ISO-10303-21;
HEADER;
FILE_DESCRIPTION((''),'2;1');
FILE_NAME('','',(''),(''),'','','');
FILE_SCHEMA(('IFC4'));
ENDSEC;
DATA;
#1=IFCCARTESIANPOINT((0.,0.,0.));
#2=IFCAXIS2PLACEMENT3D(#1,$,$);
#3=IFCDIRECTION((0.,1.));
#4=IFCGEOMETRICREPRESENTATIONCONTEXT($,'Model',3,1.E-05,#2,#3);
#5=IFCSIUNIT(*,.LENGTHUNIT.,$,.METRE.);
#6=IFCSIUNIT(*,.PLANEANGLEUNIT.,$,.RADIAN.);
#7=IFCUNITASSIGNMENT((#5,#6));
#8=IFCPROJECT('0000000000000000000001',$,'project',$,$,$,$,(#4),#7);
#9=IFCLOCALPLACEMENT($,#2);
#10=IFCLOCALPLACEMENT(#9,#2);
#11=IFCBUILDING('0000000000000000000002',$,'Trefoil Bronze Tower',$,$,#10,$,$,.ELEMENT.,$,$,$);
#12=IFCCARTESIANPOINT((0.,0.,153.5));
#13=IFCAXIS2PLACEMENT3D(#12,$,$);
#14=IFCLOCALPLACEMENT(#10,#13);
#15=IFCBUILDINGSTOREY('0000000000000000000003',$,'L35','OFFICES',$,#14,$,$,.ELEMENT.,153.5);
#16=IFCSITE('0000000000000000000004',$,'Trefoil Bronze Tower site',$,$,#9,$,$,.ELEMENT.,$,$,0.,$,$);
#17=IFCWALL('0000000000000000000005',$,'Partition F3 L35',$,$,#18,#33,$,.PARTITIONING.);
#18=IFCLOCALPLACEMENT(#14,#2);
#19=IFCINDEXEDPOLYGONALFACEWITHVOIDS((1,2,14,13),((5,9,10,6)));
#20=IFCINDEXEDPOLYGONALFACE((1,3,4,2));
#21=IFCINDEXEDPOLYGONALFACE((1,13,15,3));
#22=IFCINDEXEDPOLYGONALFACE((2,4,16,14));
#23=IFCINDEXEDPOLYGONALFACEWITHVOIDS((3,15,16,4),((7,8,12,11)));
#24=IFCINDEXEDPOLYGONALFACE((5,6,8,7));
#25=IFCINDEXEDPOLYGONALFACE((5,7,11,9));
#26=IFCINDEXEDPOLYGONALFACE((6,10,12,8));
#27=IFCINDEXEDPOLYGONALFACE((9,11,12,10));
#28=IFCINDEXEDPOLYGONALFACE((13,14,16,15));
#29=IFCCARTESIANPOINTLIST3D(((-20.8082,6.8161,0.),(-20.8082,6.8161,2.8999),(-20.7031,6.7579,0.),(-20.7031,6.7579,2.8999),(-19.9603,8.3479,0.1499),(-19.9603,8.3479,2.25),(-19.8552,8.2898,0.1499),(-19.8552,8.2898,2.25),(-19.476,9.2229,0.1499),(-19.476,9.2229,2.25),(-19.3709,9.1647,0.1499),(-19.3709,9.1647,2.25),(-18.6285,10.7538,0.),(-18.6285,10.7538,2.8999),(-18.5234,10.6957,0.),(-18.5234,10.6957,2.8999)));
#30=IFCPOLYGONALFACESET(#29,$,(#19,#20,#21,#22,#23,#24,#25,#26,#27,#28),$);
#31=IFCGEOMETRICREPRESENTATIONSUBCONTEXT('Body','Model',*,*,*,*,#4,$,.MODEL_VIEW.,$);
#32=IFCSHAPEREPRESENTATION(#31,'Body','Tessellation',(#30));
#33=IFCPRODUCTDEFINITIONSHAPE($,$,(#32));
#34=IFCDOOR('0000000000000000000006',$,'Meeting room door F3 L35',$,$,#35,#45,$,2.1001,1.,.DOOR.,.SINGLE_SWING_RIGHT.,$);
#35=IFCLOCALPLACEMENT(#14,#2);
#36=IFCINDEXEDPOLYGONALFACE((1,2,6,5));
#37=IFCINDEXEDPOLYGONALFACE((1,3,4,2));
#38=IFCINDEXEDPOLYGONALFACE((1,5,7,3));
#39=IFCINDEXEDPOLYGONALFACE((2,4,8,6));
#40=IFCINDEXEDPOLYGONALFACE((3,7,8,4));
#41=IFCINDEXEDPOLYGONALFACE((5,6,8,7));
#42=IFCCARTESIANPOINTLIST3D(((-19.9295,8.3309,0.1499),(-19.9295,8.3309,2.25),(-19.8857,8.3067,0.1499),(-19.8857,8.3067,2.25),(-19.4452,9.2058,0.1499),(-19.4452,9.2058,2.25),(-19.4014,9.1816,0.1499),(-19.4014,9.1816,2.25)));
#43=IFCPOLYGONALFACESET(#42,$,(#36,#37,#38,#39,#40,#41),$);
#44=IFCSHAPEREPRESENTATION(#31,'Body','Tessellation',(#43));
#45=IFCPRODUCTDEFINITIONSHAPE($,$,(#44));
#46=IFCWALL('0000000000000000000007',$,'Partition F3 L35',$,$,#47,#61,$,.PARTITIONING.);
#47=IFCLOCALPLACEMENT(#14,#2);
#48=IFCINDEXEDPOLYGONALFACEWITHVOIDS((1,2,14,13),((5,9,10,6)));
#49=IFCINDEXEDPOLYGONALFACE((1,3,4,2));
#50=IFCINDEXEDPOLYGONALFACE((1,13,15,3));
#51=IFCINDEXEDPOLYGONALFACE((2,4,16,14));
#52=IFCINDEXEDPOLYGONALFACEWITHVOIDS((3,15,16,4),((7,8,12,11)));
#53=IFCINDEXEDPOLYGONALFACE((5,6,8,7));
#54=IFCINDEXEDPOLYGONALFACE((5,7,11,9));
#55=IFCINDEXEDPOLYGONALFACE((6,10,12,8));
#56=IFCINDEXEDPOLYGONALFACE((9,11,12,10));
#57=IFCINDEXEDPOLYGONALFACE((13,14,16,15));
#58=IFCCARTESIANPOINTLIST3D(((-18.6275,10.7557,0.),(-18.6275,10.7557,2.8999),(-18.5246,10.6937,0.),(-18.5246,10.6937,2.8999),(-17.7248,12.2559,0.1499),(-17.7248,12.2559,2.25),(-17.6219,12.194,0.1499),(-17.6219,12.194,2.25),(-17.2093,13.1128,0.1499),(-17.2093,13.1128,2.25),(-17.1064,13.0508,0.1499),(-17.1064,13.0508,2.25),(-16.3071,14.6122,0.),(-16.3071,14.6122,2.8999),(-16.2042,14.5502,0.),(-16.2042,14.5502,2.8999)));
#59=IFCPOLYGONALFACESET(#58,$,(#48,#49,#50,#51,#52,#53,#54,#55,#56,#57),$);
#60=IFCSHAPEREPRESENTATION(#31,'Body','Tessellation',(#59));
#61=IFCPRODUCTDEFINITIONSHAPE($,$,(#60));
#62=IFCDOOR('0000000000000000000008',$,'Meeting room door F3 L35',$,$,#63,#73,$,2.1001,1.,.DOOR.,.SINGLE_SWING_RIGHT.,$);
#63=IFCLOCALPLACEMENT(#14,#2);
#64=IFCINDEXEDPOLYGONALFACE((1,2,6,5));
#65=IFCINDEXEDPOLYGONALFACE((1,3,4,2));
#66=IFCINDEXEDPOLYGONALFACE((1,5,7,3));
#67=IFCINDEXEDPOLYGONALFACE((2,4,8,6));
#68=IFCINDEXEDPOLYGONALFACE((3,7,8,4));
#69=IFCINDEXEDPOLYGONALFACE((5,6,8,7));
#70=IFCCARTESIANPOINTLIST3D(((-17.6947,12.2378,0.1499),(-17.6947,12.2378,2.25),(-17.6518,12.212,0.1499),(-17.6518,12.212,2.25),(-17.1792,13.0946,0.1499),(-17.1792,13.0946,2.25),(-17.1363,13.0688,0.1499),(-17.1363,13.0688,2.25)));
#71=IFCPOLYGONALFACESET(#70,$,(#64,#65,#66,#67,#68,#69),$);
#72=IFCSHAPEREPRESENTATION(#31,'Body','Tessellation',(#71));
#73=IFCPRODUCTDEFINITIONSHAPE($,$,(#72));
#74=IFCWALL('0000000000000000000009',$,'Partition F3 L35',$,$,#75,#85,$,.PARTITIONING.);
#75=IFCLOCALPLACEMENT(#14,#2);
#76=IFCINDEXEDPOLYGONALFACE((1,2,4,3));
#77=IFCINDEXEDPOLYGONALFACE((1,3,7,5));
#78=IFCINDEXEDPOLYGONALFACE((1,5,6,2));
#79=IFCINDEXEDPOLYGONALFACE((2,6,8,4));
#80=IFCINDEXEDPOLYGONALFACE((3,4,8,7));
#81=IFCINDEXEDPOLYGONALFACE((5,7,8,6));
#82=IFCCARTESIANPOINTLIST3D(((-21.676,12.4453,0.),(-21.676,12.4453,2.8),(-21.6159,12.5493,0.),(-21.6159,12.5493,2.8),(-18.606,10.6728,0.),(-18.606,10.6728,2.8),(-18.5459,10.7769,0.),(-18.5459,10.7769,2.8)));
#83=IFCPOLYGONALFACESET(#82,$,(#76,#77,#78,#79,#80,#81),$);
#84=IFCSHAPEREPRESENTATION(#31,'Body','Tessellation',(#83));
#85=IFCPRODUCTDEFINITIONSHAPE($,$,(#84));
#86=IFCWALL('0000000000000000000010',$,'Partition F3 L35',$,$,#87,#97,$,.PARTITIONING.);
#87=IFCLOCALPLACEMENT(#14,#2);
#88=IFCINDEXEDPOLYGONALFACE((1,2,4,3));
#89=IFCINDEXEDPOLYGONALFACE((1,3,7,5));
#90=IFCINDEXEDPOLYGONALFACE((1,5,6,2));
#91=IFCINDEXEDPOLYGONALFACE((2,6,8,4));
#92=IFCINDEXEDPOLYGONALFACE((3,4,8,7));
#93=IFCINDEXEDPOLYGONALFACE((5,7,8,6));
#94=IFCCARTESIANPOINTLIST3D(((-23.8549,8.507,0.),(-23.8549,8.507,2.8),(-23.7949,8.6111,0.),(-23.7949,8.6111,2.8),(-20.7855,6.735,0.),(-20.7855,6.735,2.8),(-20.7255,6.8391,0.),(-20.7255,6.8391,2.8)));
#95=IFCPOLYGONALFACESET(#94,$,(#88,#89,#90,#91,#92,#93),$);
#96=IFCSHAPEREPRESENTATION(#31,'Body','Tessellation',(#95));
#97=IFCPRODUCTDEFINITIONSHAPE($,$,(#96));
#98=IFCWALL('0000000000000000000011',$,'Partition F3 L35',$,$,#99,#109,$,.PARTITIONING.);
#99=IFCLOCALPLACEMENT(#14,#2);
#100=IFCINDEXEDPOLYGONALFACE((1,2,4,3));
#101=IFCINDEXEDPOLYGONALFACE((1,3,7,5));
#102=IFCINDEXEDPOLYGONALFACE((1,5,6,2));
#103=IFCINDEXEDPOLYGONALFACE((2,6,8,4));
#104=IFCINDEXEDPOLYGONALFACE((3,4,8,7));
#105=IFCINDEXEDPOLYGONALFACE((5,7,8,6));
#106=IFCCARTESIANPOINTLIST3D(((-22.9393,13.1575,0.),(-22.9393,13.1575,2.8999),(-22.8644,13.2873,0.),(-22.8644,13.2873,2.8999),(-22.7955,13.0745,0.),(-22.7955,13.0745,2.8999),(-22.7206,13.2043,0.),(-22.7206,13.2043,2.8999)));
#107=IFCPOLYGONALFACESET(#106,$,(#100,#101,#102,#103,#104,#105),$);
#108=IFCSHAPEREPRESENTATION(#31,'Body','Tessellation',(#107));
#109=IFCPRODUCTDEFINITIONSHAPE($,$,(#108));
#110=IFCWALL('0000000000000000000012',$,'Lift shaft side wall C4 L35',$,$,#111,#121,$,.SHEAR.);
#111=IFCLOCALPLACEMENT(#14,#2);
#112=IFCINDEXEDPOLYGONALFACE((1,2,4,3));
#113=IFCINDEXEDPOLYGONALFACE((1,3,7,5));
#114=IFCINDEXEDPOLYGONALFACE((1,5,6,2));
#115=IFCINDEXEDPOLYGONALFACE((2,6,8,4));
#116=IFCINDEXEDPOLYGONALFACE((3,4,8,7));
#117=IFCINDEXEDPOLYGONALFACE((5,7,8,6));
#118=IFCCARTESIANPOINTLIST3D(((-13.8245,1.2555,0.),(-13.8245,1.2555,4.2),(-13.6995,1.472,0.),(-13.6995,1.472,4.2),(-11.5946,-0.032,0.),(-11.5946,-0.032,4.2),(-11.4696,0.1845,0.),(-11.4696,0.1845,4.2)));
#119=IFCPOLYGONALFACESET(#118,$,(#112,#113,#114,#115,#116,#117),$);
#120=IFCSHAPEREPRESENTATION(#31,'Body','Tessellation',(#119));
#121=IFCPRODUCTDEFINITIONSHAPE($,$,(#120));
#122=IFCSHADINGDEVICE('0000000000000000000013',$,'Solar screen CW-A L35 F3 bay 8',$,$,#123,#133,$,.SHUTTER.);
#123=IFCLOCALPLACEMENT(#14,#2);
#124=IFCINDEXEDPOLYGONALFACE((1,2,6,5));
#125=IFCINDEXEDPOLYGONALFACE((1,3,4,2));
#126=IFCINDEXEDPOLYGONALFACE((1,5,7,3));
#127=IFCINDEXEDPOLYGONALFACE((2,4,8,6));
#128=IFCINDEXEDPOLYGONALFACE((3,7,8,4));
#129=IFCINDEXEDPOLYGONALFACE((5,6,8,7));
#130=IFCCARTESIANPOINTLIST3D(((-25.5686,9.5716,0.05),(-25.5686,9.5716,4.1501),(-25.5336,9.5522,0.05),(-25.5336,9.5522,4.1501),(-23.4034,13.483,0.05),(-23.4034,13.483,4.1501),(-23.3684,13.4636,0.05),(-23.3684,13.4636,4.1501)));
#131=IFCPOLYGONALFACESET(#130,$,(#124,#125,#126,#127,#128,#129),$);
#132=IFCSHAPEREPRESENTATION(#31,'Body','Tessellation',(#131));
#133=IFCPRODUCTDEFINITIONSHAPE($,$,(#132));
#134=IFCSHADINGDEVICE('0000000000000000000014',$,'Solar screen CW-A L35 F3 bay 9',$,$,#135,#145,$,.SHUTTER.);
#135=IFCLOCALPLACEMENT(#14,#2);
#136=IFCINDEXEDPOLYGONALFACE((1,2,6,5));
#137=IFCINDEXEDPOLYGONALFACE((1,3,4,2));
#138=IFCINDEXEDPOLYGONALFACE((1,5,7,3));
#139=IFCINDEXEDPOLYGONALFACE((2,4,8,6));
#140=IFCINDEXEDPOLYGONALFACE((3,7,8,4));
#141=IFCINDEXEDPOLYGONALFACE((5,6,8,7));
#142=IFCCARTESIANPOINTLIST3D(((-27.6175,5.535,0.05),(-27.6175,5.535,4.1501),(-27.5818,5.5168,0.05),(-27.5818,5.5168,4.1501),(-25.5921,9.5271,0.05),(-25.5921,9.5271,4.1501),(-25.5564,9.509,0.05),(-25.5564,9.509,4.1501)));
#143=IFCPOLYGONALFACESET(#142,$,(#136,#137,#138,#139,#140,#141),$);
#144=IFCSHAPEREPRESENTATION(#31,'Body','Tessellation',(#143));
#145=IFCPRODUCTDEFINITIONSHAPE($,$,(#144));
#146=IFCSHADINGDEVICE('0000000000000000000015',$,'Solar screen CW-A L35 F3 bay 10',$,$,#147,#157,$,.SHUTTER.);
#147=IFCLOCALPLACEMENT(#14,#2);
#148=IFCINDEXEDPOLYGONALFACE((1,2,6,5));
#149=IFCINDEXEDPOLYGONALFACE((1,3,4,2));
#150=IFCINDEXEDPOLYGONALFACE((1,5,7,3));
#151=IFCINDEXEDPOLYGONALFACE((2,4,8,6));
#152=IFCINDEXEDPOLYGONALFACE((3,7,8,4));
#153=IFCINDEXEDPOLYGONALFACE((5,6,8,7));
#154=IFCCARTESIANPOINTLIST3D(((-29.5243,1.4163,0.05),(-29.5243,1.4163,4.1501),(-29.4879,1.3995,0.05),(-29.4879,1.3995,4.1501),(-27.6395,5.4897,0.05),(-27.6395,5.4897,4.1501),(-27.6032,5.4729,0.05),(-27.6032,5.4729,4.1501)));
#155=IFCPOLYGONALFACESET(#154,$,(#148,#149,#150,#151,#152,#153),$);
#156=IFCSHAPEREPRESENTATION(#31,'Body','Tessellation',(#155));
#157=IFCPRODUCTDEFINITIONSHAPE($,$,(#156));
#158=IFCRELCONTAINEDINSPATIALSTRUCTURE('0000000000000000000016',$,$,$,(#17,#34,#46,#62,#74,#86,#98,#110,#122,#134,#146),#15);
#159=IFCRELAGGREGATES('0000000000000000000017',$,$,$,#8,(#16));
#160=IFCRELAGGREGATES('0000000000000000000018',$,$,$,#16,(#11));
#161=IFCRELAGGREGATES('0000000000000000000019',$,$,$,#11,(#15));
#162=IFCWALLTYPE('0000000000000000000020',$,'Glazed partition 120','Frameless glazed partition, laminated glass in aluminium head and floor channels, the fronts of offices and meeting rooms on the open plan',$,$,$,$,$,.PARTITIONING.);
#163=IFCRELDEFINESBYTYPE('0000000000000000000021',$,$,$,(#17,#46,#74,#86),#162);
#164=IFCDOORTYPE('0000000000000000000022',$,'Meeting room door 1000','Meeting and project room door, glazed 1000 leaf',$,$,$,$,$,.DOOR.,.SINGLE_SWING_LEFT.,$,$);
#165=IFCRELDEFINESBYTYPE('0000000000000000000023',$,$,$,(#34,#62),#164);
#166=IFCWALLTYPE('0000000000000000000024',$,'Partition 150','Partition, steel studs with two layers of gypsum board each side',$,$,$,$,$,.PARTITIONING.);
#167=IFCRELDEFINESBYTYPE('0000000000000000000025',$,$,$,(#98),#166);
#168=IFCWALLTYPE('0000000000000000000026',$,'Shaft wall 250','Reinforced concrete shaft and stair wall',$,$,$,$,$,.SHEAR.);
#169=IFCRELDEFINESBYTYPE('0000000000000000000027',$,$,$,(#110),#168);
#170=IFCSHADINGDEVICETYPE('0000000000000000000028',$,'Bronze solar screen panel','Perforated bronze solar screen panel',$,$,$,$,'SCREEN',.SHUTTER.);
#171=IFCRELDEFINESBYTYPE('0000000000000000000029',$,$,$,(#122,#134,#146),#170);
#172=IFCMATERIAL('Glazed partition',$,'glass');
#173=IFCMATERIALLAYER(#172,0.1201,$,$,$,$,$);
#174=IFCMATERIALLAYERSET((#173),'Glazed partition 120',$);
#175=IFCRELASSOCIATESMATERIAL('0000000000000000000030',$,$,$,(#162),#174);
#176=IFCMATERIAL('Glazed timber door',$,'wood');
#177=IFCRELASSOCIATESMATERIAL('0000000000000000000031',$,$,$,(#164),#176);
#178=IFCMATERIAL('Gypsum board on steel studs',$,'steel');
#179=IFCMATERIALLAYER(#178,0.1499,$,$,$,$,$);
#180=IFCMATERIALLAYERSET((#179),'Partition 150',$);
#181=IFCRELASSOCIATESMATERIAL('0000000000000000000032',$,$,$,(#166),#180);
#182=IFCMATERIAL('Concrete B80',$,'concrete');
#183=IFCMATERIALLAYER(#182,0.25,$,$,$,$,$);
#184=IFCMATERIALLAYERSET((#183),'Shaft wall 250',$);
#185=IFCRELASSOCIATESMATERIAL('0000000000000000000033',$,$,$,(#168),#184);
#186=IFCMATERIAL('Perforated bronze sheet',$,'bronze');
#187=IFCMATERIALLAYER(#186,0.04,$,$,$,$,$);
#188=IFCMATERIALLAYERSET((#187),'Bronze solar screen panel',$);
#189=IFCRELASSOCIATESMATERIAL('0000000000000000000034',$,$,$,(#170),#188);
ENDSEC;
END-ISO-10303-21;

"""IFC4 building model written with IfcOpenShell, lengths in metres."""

from ifc_helpers import new_model, si_unit, direction, frame, frame_2d, origin, origin_2d, place, context, subcontext, project, spatial, rectangle, extrude, material, layer, layer_set, type_object, element, fill, save


model = new_model("IFC4")

# Units and contexts
model_context = context("Model", 3, precision=1e-05, world=origin(), true_north=direction((0.0, 1.0)))
body_context = subcontext(model_context, "Body", "Model", "MODEL_VIEW")
ifc_project = project(units=[si_unit("LENGTHUNIT", "METRE"), si_unit("PLANEANGLEUNIT", "RADIAN")], contexts=[model_context])

# Site, building, storey
site_placement = place(None, origin())
site = spatial("IfcSite", under=ifc_project, at=site_placement, Name="Trefoil Bronze Tower site", CompositionType="ELEMENT", RefElevation=0.0)
building_placement = place(site_placement, origin())
building = spatial("IfcBuilding", under=site, at=building_placement, Name="Trefoil Bronze Tower", CompositionType="ELEMENT")
storey_placement = place(building_placement, frame((0.0, 0.0, 153.5)))
storey = spatial("IfcBuildingStorey", under=building, at=storey_placement, Name="L35", Description="OFFICES", CompositionType="ELEMENT", Elevation=153.5)

# Walls, openings, doors
ifc_material_1 = material(Name="Glazed partition", Category="glass")
ifc_layer_1 = layer(ifc_material_1, 0.1201)
ifc_layer_set_1 = layer_set([ifc_layer_1], Name="Glazed partition 120")
wall_type_1 = type_object("IfcWallType", Name="Glazed partition 120", Description="Frameless glazed partition, laminated glass in aluminium head and floor channels, the fronts of offices and meeting rooms on the open plan", PredefinedType="PARTITIONING", material=ifc_layer_set_1)
wall_1_placement = place(storey_placement, frame((-18.5759, 10.7249, 0.0), z_axis=(0.0, 0.0, 1.0), x_axis=(-0.484293, -0.874906, 0.0)))
wall_1 = element("IfcWall", 1, at=wall_1_placement, inside=storey, type_object=wall_type_1, Name="Partition F3 L35", PredefinedType="PARTITIONING", context=body_context, shape_type="SweptSolid", body=[
    extrude(rectangle(XDim=4.5007, YDim=0.1201, at=frame_2d((2.2505, 0.0))), origin(), (0.0, 0.0, 1.0), 2.8999),
])
opening_1_placement = place(wall_1_placement, frame((1.75, 0.0, 0.1499)))
opening_1 = element("IfcOpeningElement", 2, at=opening_1_placement, cuts=wall_1, PredefinedType="OPENING", context=body_context, shape_type="SweptSolid", body=[
    extrude(rectangle(XDim=1.0, YDim=2.1001, at=frame_2d((0.5, 1.05))), frame((0.0, 0.0701, 0.0), z_axis=(0.0, -1.0, 0.0), x_axis=(1.0, 0.0, 0.0)), (0.0, 0.0, 1.0), 0.1401),
])
ifc_material_2 = material(Name="Glazed timber door", Category="wood")
door_type = type_object("IfcDoorType", Name="Meeting room door 1000", Description="Meeting and project room door, glazed 1000 leaf", OperationType="SINGLE_SWING_LEFT", PredefinedType="DOOR", material=ifc_material_2)
door_1_placement = place(opening_1_placement, frame((1.0, 0.0, 0.0), z_axis=(0.0, 0.0, 1.0), x_axis=(-1.0, 0.0, 0.0)))
door_1 = element("IfcDoor", 3, at=door_1_placement, inside=storey, type_object=door_type, Name="Meeting room door F3 L35", OperationType="SINGLE_SWING_RIGHT", OverallHeight=2.1001, OverallWidth=1.0, PredefinedType="DOOR", context=body_context, shape_type="SweptSolid", body=[
    extrude(rectangle(XDim=1.0, YDim=2.1001, at=frame_2d((0.5, 1.05))), frame((0.0, 0.0249, 0.0), z_axis=(0.0, -1.0, 0.0), x_axis=(1.0, 0.0, 0.0)), (0.0, 0.0, 1.0), 0.05),
])
fill(opening_1, door_1)
wall_2_placement = place(storey_placement, frame((-16.2556, 14.5813, 0.0), z_axis=(0.0, 0.0, 1.0), x_axis=(-0.515548, -0.85686, 0.0)))
wall_2 = element("IfcWall", 4, at=wall_2_placement, inside=storey, type_object=wall_type_1, Name="Partition F3 L35", PredefinedType="PARTITIONING", context=body_context, shape_type="SweptSolid", body=[
    extrude(rectangle(XDim=4.5007, YDim=0.1201, at=frame_2d((2.2505, 0.0))), origin(), (0.0, 0.0, 1.0), 2.8999),
])
opening_2_placement = place(wall_2_placement, frame((1.75, 0.0, 0.1499)))
opening_2 = element("IfcOpeningElement", 5, at=opening_2_placement, cuts=wall_2, PredefinedType="OPENING", context=body_context, shape_type="SweptSolid", body=[
    extrude(rectangle(XDim=1.0, YDim=2.1001, at=frame_2d((0.5, 1.05))), frame((0.0, 0.0701, 0.0), z_axis=(0.0, -1.0, 0.0), x_axis=(1.0, 0.0, 0.0)), (0.0, 0.0, 1.0), 0.1401),
])
door_2_placement = place(opening_2_placement, frame((1.0, 0.0, 0.0), z_axis=(0.0, 0.0, 1.0), x_axis=(-1.0, 0.0, 0.0)))
door_2 = element("IfcDoor", 6, at=door_2_placement, inside=storey, type_object=door_type, Name="Meeting room door F3 L35", OperationType="SINGLE_SWING_RIGHT", OverallHeight=2.1001, OverallWidth=1.0, PredefinedType="DOOR", context=body_context, shape_type="SweptSolid", body=[
    extrude(rectangle(XDim=1.0, YDim=2.1001, at=frame_2d((0.5, 1.05))), frame((0.0, 0.0249, 0.0), z_axis=(0.0, -1.0, 0.0), x_axis=(1.0, 0.0, 0.0)), (0.0, 0.0, 1.0), 0.05),
])
fill(opening_2, door_2)

# Walls
wall_3_placement = place(storey_placement, frame((-18.5759, 10.7249, 0.0), z_axis=(0.0, 0.0, 1.0), x_axis=(-0.866031, 0.499991, 0.0)))
element("IfcWall", 7, at=wall_3_placement, inside=storey, type_object=wall_type_1, Name="Partition F3 L35", PredefinedType="PARTITIONING", context=body_context, shape_type="SweptSolid", body=[
    extrude(rectangle(XDim=3.5449, YDim=0.1201, at=frame_2d((1.7725, 0.0))), origin(), (0.0, 0.0, 1.0), 2.8),
])
wall_4_placement = place(storey_placement, frame((-20.7556, 6.7871, 0.0), z_axis=(0.0, 0.0, 1.0), x_axis=(-0.866039, 0.499977, 0.0)))
element("IfcWall", 8, at=wall_4_placement, inside=storey, type_object=wall_type_1, Name="Partition F3 L35", PredefinedType="PARTITIONING", context=body_context, shape_type="SweptSolid", body=[
    extrude(rectangle(XDim=3.5442, YDim=0.1201, at=frame_2d((1.772, 0.0))), origin(), (0.0, 0.0, 1.0), 2.8),
])
ifc_material_3 = material(Name="Gypsum board on steel studs", Category="steel")
ifc_layer_2 = layer(ifc_material_3, 0.1499)
ifc_layer_set_2 = layer_set([ifc_layer_2], Name="Partition 150")
wall_type_2 = type_object("IfcWallType", Name="Partition 150", Description="Partition, steel studs with two layers of gypsum board each side", PredefinedType="PARTITIONING", material=ifc_layer_set_2)
wall_5_placement = place(storey_placement, frame((-22.7581, 13.1394, 0.0), z_axis=(0.0, 0.0, 1.0), x_axis=(-0.866063, 0.499935, 0.0)))
element("IfcWall", 9, at=wall_5_placement, inside=storey, type_object=wall_type_2, Name="Partition F3 L35", PredefinedType="PARTITIONING", context=body_context, shape_type="SweptSolid", body=[
    extrude(rectangle(XDim=0.166, YDim=0.1499, at=frame_2d((0.083, 0.0))), origin(), (0.0, 0.0, 1.0), 2.8999),
])
ifc_material_4 = material(Name="Concrete B80", Category="concrete")
ifc_layer_3 = layer(ifc_material_4, 0.25)
ifc_layer_set_3 = layer_set([ifc_layer_3], Name="Shaft wall 250")
wall_type_3 = type_object("IfcWallType", Name="Shaft wall 250", Description="Reinforced concrete shaft and stair wall", PredefinedType="SHEAR", material=ifc_layer_set_3)
wall_6_placement = place(storey_placement, frame((-11.532, 0.0762, 0.0), z_axis=(0.0, 0.0, 1.0), x_axis=(-0.866006, 0.500034, 0.0)))
element("IfcWall", 10, at=wall_6_placement, inside=storey, type_object=wall_type_3, Name="Lift shaft side wall C4 L35", PredefinedType="SHEAR", context=body_context, shape_type="SweptSolid", body=[
    extrude(rectangle(XDim=2.575, YDim=0.25, at=frame_2d((1.2876, 0.0))), origin(), (0.0, 0.0, 1.0), 4.2),
])

# Shading devices
ifc_material_5 = material(Name="Perforated bronze sheet", Category="bronze")
ifc_layer_4 = layer(ifc_material_5, 0.04)
ifc_layer_set_4 = layer_set([ifc_layer_4], Name="Bronze solar screen panel")
shading_device_type = type_object("IfcShadingDeviceType", Name="Bronze solar screen panel", Description="Perforated bronze solar screen panel", ElementType="SCREEN", PredefinedType="SHUTTER", material=ifc_layer_set_4)
shading_device_1_placement = place(storey_placement, frame((-24.4685, 11.5176, 0.05), z_axis=(0.0, 0.0, 1.0), x_axis=(-0.484312, -0.874895, 0.0)))
element("IfcShadingDevice", 11, at=shading_device_1_placement, inside=storey, type_object=shading_device_type, Name="Solar screen CW-A L35 F3 bay 8", PredefinedType="SHUTTER", context=body_context, shape_type="SweptSolid", body=[
    extrude(rectangle(XDim=4.4707, YDim=0.04, at=origin_2d()), origin(), (0.0, 0.0, 1.0), 4.1001),
])
shading_device_2_placement = place(storey_placement, frame((-26.5869, 7.522, 0.05), z_axis=(0.0, 0.0, 1.0), x_axis=(-0.452449, -0.89179, 0.0)))
element("IfcShadingDevice", 12, at=shading_device_2_placement, inside=storey, type_object=shading_device_type, Name="Solar screen CW-A L35 F3 bay 9", PredefinedType="SHUTTER", context=body_context, shape_type="SweptSolid", body=[
    extrude(rectangle(XDim=4.4766, YDim=0.04, at=origin_2d()), origin(), (0.0, 0.0, 1.0), 4.1001),
])
shading_device_3_placement = place(storey_placement, frame((-28.5637, 3.4446, 0.05), z_axis=(0.0, 0.0, 1.0), x_axis=(-0.419933, -0.907555, 0.0)))
element("IfcShadingDevice", 13, at=shading_device_3_placement, inside=storey, type_object=shading_device_type, Name="Solar screen CW-A L35 F3 bay 10", PredefinedType="SHUTTER", context=body_context, shape_type="SweptSolid", body=[
    extrude(rectangle(XDim=4.4883, YDim=0.04, at=origin_2d()), origin(), (0.0, 0.0, 1.0), 4.1001),
])

save(model, "model.ifc")
